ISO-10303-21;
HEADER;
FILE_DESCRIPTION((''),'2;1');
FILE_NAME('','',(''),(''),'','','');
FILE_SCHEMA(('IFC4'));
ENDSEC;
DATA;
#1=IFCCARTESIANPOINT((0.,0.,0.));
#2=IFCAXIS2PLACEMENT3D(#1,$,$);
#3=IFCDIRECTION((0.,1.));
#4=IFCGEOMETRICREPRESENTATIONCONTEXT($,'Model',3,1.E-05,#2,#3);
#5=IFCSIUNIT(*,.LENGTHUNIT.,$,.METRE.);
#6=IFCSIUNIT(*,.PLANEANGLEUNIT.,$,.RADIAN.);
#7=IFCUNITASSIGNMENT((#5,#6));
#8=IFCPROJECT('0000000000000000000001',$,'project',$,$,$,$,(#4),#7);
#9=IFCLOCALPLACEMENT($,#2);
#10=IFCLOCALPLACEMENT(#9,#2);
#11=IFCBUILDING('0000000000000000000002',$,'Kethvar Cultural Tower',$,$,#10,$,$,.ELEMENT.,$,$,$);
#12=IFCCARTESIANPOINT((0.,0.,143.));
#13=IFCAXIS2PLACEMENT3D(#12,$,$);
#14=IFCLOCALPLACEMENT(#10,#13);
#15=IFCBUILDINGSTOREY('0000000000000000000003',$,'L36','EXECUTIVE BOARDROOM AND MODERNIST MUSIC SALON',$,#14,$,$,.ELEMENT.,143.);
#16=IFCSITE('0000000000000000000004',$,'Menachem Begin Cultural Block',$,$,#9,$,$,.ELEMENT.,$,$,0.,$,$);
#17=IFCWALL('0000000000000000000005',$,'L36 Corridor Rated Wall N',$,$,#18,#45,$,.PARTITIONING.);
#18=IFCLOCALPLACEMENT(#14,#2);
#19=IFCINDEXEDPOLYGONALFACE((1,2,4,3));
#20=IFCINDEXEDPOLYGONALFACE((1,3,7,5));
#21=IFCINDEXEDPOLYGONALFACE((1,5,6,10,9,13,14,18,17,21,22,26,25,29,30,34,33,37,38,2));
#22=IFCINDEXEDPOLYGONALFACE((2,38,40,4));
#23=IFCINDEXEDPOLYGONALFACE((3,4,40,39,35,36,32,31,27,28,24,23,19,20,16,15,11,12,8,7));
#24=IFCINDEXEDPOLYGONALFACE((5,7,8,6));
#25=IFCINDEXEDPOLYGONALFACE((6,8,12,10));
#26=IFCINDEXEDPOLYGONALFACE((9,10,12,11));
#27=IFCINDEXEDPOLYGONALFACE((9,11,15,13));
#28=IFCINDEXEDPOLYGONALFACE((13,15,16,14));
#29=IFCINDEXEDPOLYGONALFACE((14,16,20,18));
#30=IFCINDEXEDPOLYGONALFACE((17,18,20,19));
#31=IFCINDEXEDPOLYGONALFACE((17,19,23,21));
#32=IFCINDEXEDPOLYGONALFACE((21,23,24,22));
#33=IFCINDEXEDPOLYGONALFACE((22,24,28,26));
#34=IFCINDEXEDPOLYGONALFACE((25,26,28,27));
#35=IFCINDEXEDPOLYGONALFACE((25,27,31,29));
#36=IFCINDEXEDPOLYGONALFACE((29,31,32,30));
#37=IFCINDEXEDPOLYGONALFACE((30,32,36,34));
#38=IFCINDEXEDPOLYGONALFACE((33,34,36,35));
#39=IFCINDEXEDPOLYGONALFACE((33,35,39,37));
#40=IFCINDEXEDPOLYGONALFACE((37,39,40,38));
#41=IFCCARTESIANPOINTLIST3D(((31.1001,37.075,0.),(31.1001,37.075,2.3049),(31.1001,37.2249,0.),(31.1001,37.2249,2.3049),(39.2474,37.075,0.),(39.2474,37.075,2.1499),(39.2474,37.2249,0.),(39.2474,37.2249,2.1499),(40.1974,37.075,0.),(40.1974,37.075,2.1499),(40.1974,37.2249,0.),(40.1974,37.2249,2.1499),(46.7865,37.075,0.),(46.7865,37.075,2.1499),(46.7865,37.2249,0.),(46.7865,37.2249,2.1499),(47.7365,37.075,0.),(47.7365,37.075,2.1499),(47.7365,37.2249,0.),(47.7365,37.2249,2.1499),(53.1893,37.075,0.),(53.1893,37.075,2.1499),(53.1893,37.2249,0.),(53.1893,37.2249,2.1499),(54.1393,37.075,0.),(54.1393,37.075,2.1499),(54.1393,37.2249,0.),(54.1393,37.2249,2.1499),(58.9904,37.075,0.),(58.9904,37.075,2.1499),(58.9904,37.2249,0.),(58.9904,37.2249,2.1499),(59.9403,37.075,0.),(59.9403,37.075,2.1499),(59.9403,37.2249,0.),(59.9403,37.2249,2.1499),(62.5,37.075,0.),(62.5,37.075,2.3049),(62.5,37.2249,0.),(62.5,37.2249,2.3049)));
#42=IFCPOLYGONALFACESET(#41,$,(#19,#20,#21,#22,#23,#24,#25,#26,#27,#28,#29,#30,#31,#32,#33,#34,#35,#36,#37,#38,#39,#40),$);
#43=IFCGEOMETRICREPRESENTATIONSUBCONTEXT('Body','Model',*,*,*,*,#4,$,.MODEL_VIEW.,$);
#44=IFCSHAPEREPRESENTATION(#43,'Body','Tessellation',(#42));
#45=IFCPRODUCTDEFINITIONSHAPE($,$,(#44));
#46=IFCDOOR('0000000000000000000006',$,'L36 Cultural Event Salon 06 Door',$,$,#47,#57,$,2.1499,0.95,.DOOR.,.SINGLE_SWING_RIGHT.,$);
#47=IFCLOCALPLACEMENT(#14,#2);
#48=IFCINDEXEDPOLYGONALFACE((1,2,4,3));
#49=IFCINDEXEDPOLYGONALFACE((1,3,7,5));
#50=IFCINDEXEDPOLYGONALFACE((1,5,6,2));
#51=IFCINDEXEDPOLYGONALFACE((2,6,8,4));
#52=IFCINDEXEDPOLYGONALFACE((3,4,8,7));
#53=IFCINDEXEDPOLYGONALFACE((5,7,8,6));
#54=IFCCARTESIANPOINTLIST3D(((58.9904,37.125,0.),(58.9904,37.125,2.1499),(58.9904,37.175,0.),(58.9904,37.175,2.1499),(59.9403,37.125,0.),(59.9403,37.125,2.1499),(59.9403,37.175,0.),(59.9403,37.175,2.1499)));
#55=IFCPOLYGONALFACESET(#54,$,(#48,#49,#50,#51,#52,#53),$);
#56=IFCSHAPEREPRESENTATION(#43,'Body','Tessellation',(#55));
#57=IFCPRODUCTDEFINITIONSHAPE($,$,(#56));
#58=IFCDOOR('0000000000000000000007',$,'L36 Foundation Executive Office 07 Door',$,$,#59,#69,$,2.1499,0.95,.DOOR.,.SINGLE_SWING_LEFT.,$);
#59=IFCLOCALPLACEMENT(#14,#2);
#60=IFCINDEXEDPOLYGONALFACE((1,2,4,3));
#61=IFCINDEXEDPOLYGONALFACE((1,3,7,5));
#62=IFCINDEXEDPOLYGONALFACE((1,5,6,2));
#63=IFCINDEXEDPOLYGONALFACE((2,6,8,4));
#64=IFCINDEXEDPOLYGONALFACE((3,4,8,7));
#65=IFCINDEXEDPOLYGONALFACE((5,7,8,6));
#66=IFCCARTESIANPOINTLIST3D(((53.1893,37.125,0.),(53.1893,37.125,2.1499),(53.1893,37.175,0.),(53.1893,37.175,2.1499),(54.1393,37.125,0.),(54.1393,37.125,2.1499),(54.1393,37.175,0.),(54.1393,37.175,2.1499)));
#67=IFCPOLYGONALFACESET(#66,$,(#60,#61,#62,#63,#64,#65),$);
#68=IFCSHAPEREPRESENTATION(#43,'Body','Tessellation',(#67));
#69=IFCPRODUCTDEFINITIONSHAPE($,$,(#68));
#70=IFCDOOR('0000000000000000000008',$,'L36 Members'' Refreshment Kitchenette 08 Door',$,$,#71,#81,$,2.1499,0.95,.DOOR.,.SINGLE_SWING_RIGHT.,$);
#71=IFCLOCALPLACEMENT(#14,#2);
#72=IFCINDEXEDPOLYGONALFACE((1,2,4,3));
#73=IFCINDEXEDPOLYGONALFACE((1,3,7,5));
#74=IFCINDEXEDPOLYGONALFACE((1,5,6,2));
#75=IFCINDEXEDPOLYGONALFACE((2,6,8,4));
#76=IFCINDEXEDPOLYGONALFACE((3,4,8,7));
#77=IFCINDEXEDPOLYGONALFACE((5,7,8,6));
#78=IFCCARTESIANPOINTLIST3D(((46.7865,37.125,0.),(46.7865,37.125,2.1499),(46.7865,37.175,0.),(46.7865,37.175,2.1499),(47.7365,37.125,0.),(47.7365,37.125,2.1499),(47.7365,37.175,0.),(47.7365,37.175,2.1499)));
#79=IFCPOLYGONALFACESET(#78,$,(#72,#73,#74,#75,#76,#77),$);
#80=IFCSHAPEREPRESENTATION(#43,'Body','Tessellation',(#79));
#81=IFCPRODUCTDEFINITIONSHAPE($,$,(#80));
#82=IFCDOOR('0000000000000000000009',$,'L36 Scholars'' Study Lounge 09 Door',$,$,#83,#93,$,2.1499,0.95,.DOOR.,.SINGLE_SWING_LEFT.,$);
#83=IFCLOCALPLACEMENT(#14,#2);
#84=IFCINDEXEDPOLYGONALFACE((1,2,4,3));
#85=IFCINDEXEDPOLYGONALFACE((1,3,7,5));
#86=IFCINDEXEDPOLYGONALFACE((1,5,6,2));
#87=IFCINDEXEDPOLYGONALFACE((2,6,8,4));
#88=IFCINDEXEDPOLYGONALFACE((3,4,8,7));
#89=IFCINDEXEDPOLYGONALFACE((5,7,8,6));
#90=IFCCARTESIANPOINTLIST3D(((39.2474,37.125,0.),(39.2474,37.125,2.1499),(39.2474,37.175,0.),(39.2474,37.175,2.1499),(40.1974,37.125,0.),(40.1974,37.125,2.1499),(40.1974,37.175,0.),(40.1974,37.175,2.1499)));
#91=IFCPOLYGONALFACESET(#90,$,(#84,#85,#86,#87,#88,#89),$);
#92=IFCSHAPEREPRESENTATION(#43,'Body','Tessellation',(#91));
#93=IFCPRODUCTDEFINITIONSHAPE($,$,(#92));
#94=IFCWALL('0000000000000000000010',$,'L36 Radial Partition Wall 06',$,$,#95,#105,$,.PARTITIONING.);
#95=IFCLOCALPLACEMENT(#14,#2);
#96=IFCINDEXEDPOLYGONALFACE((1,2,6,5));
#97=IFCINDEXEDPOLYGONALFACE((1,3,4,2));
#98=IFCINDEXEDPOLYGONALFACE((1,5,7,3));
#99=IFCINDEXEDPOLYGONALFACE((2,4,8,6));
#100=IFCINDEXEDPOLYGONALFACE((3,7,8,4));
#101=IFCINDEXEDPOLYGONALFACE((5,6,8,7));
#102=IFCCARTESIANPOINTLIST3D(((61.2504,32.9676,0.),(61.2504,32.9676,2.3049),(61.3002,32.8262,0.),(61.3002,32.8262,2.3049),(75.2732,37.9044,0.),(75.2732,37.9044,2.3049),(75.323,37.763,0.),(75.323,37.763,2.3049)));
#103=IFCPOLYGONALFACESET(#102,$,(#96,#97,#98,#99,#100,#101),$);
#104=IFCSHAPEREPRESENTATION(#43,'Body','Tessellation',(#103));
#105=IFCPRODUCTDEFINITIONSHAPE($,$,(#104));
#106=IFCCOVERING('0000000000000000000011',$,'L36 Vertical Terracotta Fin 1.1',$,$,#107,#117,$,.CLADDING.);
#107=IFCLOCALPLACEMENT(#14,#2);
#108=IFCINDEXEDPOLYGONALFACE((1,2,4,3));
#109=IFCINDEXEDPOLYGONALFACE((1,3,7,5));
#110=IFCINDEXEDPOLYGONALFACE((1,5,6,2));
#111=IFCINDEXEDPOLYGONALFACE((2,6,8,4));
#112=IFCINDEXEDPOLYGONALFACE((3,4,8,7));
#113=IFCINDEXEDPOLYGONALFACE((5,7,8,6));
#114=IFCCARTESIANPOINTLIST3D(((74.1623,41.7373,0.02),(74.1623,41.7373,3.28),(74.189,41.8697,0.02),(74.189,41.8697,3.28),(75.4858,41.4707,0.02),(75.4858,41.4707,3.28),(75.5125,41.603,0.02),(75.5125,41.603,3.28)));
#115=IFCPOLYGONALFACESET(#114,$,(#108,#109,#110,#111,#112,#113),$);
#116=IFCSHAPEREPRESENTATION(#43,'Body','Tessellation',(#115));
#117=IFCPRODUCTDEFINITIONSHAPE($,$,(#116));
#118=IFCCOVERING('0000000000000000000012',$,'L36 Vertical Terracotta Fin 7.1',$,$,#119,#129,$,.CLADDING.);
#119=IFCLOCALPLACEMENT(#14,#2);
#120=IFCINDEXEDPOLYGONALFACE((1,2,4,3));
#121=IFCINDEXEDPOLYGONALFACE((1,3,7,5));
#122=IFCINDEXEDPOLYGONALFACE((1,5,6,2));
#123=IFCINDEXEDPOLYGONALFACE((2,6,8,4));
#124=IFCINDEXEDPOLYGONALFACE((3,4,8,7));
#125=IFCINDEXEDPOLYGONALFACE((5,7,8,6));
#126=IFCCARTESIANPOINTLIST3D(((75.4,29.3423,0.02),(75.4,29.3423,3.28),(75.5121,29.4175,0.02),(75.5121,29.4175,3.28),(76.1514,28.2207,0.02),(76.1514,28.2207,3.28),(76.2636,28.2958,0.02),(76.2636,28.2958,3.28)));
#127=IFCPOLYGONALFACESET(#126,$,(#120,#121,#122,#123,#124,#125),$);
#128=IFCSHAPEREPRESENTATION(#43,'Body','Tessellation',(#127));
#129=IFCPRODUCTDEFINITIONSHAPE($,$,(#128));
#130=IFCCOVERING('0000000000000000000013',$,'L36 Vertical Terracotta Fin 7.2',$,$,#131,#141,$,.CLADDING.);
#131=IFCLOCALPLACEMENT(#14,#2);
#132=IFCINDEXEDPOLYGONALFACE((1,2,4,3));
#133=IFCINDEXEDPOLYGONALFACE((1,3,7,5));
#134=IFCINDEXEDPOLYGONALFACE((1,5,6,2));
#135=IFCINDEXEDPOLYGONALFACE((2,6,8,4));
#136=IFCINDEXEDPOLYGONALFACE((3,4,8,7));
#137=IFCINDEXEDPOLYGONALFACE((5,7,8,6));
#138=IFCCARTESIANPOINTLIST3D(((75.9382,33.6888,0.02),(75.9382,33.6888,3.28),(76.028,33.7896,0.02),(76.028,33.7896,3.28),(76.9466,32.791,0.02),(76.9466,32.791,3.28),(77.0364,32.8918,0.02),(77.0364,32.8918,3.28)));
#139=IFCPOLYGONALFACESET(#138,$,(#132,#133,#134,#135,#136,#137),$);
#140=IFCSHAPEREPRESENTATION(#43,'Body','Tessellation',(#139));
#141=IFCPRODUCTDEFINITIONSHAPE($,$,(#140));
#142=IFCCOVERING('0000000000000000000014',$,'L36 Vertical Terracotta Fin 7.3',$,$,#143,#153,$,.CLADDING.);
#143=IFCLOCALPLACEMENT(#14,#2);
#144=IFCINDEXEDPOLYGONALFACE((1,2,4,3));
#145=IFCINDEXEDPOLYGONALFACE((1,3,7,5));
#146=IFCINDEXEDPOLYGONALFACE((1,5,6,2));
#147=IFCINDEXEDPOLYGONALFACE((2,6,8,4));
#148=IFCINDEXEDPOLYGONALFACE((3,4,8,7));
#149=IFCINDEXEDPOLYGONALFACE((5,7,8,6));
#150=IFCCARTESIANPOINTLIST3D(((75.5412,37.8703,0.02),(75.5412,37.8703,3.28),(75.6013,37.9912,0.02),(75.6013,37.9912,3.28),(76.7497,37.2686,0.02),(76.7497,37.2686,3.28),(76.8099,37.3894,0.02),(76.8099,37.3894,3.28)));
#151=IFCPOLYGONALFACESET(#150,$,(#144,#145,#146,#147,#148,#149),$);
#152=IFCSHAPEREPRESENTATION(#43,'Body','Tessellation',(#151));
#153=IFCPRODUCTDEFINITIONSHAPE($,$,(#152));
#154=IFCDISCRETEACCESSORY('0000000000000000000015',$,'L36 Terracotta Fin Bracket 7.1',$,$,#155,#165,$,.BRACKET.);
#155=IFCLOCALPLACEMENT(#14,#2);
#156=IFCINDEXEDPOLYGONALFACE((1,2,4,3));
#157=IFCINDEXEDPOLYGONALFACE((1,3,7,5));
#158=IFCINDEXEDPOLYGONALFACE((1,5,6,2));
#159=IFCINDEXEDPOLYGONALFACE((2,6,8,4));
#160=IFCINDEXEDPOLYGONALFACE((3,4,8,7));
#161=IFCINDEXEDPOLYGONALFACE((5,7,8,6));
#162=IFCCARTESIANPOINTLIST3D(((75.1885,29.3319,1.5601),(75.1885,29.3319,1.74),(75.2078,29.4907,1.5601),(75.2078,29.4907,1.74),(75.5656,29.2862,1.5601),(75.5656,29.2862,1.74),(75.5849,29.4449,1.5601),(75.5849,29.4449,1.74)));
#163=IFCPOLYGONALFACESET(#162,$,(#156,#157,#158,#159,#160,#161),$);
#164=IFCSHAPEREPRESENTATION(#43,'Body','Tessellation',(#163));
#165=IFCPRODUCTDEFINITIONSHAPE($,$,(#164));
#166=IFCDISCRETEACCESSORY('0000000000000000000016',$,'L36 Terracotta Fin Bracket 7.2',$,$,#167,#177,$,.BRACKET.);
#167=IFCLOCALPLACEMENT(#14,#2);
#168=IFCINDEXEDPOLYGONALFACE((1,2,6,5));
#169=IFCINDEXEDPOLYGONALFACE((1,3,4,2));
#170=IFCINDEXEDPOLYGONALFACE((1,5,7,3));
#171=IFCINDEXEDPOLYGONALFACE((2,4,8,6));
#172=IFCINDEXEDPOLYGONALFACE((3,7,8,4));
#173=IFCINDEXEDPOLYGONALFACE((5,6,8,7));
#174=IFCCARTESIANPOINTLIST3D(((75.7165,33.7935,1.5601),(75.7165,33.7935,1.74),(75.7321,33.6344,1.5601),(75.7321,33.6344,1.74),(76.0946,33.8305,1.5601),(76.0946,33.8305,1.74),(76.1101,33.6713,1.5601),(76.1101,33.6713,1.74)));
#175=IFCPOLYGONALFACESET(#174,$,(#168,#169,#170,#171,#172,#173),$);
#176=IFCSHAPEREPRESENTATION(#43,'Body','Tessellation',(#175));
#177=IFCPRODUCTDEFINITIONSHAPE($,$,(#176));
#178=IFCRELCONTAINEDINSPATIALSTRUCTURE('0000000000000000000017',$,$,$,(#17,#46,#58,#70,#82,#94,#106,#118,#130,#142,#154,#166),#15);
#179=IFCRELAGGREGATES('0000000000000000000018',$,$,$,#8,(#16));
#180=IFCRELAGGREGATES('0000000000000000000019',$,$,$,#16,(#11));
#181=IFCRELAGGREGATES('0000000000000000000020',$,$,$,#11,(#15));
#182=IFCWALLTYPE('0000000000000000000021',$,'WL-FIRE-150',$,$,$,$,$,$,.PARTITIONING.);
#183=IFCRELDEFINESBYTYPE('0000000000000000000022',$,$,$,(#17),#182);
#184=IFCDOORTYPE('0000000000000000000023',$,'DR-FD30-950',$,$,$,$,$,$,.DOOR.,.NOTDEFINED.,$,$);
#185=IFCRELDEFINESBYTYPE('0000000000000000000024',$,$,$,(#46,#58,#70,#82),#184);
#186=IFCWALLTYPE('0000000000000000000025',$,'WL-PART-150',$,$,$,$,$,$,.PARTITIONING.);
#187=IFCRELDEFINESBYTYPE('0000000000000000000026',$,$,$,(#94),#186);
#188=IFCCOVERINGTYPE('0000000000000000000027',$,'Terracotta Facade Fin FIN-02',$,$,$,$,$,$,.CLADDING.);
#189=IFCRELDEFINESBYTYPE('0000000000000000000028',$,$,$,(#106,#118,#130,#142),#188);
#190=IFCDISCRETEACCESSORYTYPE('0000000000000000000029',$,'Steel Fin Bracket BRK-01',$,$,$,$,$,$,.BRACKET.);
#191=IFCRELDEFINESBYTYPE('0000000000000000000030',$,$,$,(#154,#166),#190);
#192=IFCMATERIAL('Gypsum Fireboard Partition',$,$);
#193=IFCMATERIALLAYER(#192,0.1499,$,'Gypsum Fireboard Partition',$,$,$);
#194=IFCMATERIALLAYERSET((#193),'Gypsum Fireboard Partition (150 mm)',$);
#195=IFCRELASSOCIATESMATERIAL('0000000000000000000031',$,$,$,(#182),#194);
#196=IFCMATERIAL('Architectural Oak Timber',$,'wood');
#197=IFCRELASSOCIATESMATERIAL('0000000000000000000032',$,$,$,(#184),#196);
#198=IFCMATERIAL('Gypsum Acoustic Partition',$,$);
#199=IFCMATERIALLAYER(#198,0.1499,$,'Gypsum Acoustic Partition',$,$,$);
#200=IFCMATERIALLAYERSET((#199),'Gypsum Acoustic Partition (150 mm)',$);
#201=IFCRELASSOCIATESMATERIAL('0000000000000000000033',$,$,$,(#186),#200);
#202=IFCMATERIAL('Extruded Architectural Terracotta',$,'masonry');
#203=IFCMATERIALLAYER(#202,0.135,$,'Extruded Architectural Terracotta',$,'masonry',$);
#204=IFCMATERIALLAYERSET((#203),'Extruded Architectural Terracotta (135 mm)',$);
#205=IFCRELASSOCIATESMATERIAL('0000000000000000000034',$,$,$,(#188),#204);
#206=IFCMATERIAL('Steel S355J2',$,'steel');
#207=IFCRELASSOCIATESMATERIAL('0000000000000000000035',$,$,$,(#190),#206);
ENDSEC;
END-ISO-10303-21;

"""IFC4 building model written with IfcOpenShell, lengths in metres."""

from ifc_helpers import new_model, si_unit, direction, frame, frame_2d, origin, origin_2d, place, context, subcontext, project, spatial, rectangle, extrude, source, transform, mapped, material, layer, layer_set, type_object, element, fill, save


model = new_model("IFC4")

# Units and contexts
model_context = context("Model", 3, precision=1e-05, world=origin(), true_north=direction((0.0, 1.0)))
body_context = subcontext(model_context, "Body", "Model", "MODEL_VIEW")
ifc_project = project(units=[si_unit("LENGTHUNIT", "METRE"), si_unit("PLANEANGLEUNIT", "RADIAN")], contexts=[model_context])

# Site, building, storey
site_placement = place(None, origin())
site = spatial("IfcSite", under=ifc_project, at=site_placement, Name="Menachem Begin Cultural Block", CompositionType="ELEMENT", RefElevation=0.0)
building_placement = place(site_placement, origin())
building = spatial("IfcBuilding", under=site, at=building_placement, Name="Kethvar Cultural Tower", CompositionType="ELEMENT")
storey_placement = place(building_placement, frame((0.0, 0.0, 143.0)))
storey = spatial("IfcBuildingStorey", under=building, at=storey_placement, Name="L36", Description="EXECUTIVE BOARDROOM AND MODERNIST MUSIC SALON", CompositionType="ELEMENT", Elevation=143.0)

# Shared definitions
ifc_material_1 = material(Name="Steel S355J2", Category="steel")

# Shared definitions
ifc_material_2 = material(Name="Gypsum Fireboard Partition")
ifc_layer_1 = layer(ifc_material_2, 0.1499, Name="Gypsum Fireboard Partition")
ifc_layer_set_1 = layer_set([ifc_layer_1], Name="Gypsum Fireboard Partition (150 mm)")
wall_type_1 = type_object("IfcWallType", Name="WL-FIRE-150", PredefinedType="PARTITIONING", material=ifc_layer_set_1)

# Wall, openings, doors
wall_1_placement = place(storey_placement, frame((62.5, 37.1499, 0.0), z_axis=(0.0, 0.0, 1.0), x_axis=(-1.0, 0.0, 0.0)))
wall_1 = element("IfcWall", 1, at=wall_1_placement, inside=storey, type_object=wall_type_1, Name="L36 Corridor Rated Wall N", PredefinedType="PARTITIONING", context=body_context, shape_type="SweptSolid", body=[
    extrude(rectangle(XDim=31.3999, YDim=0.1499, at=frame_2d((15.7, 0.0))), origin(), (0.0, 0.0, 1.0), 2.3049),
])
opening_1_placement = place(wall_1_placement, frame((2.5596, 0.0, 0.0)))
opening_1 = element("IfcOpeningElement", 2, at=opening_1_placement, cuts=wall_1, PredefinedType="OPENING", context=body_context, shape_type="SweptSolid", body=[
    extrude(rectangle(XDim=0.95, YDim=2.1499, at=frame_2d((0.4751, 1.075))), frame((0.0, 0.085, 0.0), z_axis=(0.0, -1.0, 0.0), x_axis=(1.0, 0.0, 0.0)), (0.0, 0.0, 1.0), 0.1699),
])
opening_2_placement = place(wall_1_placement, frame((8.3606, 0.0, 0.0)))
opening_2 = element("IfcOpeningElement", 3, at=opening_2_placement, cuts=wall_1, PredefinedType="OPENING", context=body_context, shape_type="SweptSolid", body=[
    extrude(rectangle(XDim=0.95, YDim=2.1499, at=frame_2d((0.4751, 1.075))), frame((0.0, 0.085, 0.0), z_axis=(0.0, -1.0, 0.0), x_axis=(1.0, 0.0, 0.0)), (0.0, 0.0, 1.0), 0.1699),
])
opening_3_placement = place(wall_1_placement, frame((14.7634, 0.0, 0.0)))
opening_3 = element("IfcOpeningElement", 4, at=opening_3_placement, cuts=wall_1, PredefinedType="OPENING", context=body_context, shape_type="SweptSolid", body=[
    extrude(rectangle(XDim=0.95, YDim=2.1499, at=frame_2d((0.4751, 1.075))), frame((0.0, 0.085, 0.0), z_axis=(0.0, -1.0, 0.0), x_axis=(1.0, 0.0, 0.0)), (0.0, 0.0, 1.0), 0.1699),
])
opening_4_placement = place(wall_1_placement, frame((22.3025, 0.0, 0.0)))
opening_4 = element("IfcOpeningElement", 5, at=opening_4_placement, cuts=wall_1, PredefinedType="OPENING", context=body_context, shape_type="SweptSolid", body=[
    extrude(rectangle(XDim=0.95, YDim=2.1499, at=frame_2d((0.4751, 1.075))), frame((0.0, 0.085, 0.0), z_axis=(0.0, -1.0, 0.0), x_axis=(1.0, 0.0, 0.0)), (0.0, 0.0, 1.0), 0.1699),
])
ifc_material_3 = material(Name="Architectural Oak Timber", Category="wood")
door_type = type_object("IfcDoorType", Name="DR-FD30-950", OperationType="NOTDEFINED", PredefinedType="DOOR", material=ifc_material_3)
shared_shape_1 = source(origin(), body_context, "Body", "SweptSolid", [
    extrude(rectangle(XDim=0.95, YDim=2.1499, at=frame_2d((0.4751, 1.075))), frame((0.0, 0.0249, 0.0), z_axis=(0.0, -1.0, 0.0), x_axis=(1.0, 0.0, 0.0)), (0.0, 0.0, 1.0), 0.05),
])
door_1_placement = place(opening_1_placement, origin())
door_1 = element("IfcDoor", 6, at=door_1_placement, inside=storey, type_object=door_type, Name="L36 Cultural Event Salon 06 Door", OperationType="SINGLE_SWING_RIGHT", OverallHeight=2.1499, OverallWidth=0.95, PredefinedType="DOOR", context=body_context, shape_type="MappedRepresentation", body=[
    mapped(shared_shape_1, transform((0.0, 0.0, 0.0), scale=1.0)),
])
fill(opening_1, door_1)
door_2_placement = place(opening_2_placement, origin())
door_2 = element("IfcDoor", 7, at=door_2_placement, inside=storey, type_object=door_type, Name="L36 Foundation Executive Office 07 Door", OperationType="SINGLE_SWING_LEFT", OverallHeight=2.1499, OverallWidth=0.95, PredefinedType="DOOR", context=body_context, shape_type="MappedRepresentation", body=[
    mapped(shared_shape_1, transform((0.0, 0.0, 0.0), scale=1.0)),
])
fill(opening_2, door_2)
door_3_placement = place(opening_3_placement, origin())
door_3 = element("IfcDoor", 8, at=door_3_placement, inside=storey, type_object=door_type, Name="L36 Members' Refreshment Kitchenette 08 Door", OperationType="SINGLE_SWING_RIGHT", OverallHeight=2.1499, OverallWidth=0.95, PredefinedType="DOOR", context=body_context, shape_type="MappedRepresentation", body=[
    mapped(shared_shape_1, transform((0.0, 0.0, 0.0), scale=1.0)),
])
fill(opening_3, door_3)
door_4_placement = place(opening_4_placement, origin())
door_4 = element("IfcDoor", 9, at=door_4_placement, inside=storey, type_object=door_type, Name="L36 Scholars' Study Lounge 09 Door", OperationType="SINGLE_SWING_LEFT", OverallHeight=2.1499, OverallWidth=0.95, PredefinedType="DOOR", context=body_context, shape_type="MappedRepresentation", body=[
    mapped(shared_shape_1, transform((0.0, 0.0, 0.0), scale=1.0)),
])
fill(opening_4, door_4)

# Wall
ifc_material_4 = material(Name="Gypsum Acoustic Partition")
ifc_layer_2 = layer(ifc_material_4, 0.1499, Name="Gypsum Acoustic Partition")
ifc_layer_set_2 = layer_set([ifc_layer_2], Name="Gypsum Acoustic Partition (150 mm)")
wall_type_2 = type_object("IfcWallType", Name="WL-PART-150", PredefinedType="PARTITIONING", material=ifc_layer_set_2)
wall_2_placement = place(storey_placement, frame((61.2754, 32.897, 0.0), z_axis=(0.0, 0.0, 1.0), x_axis=(0.943252, 0.332077, 0.0)))
element("IfcWall", 10, at=wall_2_placement, inside=storey, type_object=wall_type_2, Name="L36 Radial Partition Wall 06", PredefinedType="PARTITIONING", context=body_context, shape_type="SweptSolid", body=[
    extrude(rectangle(XDim=14.8665, YDim=0.1499, at=frame_2d((7.4331, 0.0))), origin(), (0.0, 0.0, 1.0), 2.3049),
])

# Coverings
ifc_material_5 = material(Name="Extruded Architectural Terracotta", Category="masonry")
ifc_layer_3 = layer(ifc_material_5, 0.135, Name="Extruded Architectural Terracotta", Category="masonry")
ifc_layer_set_3 = layer_set([ifc_layer_3], Name="Extruded Architectural Terracotta (135 mm)")
covering_type = type_object("IfcCoveringType", Name="Terracotta Facade Fin FIN-02", PredefinedType="CLADDING", material=ifc_layer_set_3)
shared_shape_2 = source(origin(), body_context, "Body", "SweptSolid", [
    extrude(rectangle(XDim=1.3501, YDim=0.135, at=origin_2d()), origin(), (0.0, 0.0, 1.0), 3.26),
])
for number, where, z_axis, x_axis, name in (
    (11, (74.8374, 41.6702, 0.02), (0.0, 0.0, 1.0), (0.980306, -0.197486, 0.0), "L36 Vertical Terracotta Fin 1.1"),
    (12, (75.8318, 28.8191, 0.02), (0.0, 0.0, 1.0), (0.556586, -0.83079, 0.0), "L36 Vertical Terracotta Fin 7.1"),
    (13, (76.4873, 33.2903, 0.02), (0.0, 0.0, 1.0), (0.74687, -0.66497, 0.0), "L36 Vertical Terracotta Fin 7.2"),
    (14, (76.1755, 37.6299, 0.02), (0.0, 0.0, 1.0), (0.895168, -0.445729, 0.0), "L36 Vertical Terracotta Fin 7.3"),
):
    element("IfcCovering", number, at=place(storey_placement, frame(where, z_axis=z_axis, x_axis=x_axis)), inside=storey, type_object=covering_type, Name=name, PredefinedType="CLADDING", context=body_context, shape_type="MappedRepresentation", body=[
        mapped(shared_shape_2, transform((0.0, 0.0, 0.0), scale=1.0)),
    ])

# Discrete accessories
discrete_accessory_type = type_object("IfcDiscreteAccessoryType", Name="Steel Fin Bracket BRK-01", PredefinedType="BRACKET", material=ifc_material_1)
shared_shape_3 = source(origin(), body_context, "Body", "SweptSolid", [
    extrude(rectangle(XDim=0.3799, YDim=0.1599, at=origin_2d()), origin(), (0.0, 0.0, 1.0), 0.1799),
])
for number, where, z_axis, x_axis, name in (
    (15, (75.3867, 29.3884, 1.5601), (0.0, 0.0, 1.0), (0.992715, -0.120483, 0.0), "L36 Terracotta Fin Bracket 7.1"),
    (16, (75.9133, 33.7324, 1.5601), (0.0, 0.0, 1.0), (0.995261, 0.097235, 0.0), "L36 Terracotta Fin Bracket 7.2"),
):
    element("IfcDiscreteAccessory", number, at=place(storey_placement, frame(where, z_axis=z_axis, x_axis=x_axis)), inside=storey, type_object=discrete_accessory_type, Name=name, PredefinedType="BRACKET", context=body_context, shape_type="MappedRepresentation", body=[
        mapped(shared_shape_3, transform((0.0, 0.0, 0.0), scale=1.0)),
    ])

save(model, "model.ifc")
